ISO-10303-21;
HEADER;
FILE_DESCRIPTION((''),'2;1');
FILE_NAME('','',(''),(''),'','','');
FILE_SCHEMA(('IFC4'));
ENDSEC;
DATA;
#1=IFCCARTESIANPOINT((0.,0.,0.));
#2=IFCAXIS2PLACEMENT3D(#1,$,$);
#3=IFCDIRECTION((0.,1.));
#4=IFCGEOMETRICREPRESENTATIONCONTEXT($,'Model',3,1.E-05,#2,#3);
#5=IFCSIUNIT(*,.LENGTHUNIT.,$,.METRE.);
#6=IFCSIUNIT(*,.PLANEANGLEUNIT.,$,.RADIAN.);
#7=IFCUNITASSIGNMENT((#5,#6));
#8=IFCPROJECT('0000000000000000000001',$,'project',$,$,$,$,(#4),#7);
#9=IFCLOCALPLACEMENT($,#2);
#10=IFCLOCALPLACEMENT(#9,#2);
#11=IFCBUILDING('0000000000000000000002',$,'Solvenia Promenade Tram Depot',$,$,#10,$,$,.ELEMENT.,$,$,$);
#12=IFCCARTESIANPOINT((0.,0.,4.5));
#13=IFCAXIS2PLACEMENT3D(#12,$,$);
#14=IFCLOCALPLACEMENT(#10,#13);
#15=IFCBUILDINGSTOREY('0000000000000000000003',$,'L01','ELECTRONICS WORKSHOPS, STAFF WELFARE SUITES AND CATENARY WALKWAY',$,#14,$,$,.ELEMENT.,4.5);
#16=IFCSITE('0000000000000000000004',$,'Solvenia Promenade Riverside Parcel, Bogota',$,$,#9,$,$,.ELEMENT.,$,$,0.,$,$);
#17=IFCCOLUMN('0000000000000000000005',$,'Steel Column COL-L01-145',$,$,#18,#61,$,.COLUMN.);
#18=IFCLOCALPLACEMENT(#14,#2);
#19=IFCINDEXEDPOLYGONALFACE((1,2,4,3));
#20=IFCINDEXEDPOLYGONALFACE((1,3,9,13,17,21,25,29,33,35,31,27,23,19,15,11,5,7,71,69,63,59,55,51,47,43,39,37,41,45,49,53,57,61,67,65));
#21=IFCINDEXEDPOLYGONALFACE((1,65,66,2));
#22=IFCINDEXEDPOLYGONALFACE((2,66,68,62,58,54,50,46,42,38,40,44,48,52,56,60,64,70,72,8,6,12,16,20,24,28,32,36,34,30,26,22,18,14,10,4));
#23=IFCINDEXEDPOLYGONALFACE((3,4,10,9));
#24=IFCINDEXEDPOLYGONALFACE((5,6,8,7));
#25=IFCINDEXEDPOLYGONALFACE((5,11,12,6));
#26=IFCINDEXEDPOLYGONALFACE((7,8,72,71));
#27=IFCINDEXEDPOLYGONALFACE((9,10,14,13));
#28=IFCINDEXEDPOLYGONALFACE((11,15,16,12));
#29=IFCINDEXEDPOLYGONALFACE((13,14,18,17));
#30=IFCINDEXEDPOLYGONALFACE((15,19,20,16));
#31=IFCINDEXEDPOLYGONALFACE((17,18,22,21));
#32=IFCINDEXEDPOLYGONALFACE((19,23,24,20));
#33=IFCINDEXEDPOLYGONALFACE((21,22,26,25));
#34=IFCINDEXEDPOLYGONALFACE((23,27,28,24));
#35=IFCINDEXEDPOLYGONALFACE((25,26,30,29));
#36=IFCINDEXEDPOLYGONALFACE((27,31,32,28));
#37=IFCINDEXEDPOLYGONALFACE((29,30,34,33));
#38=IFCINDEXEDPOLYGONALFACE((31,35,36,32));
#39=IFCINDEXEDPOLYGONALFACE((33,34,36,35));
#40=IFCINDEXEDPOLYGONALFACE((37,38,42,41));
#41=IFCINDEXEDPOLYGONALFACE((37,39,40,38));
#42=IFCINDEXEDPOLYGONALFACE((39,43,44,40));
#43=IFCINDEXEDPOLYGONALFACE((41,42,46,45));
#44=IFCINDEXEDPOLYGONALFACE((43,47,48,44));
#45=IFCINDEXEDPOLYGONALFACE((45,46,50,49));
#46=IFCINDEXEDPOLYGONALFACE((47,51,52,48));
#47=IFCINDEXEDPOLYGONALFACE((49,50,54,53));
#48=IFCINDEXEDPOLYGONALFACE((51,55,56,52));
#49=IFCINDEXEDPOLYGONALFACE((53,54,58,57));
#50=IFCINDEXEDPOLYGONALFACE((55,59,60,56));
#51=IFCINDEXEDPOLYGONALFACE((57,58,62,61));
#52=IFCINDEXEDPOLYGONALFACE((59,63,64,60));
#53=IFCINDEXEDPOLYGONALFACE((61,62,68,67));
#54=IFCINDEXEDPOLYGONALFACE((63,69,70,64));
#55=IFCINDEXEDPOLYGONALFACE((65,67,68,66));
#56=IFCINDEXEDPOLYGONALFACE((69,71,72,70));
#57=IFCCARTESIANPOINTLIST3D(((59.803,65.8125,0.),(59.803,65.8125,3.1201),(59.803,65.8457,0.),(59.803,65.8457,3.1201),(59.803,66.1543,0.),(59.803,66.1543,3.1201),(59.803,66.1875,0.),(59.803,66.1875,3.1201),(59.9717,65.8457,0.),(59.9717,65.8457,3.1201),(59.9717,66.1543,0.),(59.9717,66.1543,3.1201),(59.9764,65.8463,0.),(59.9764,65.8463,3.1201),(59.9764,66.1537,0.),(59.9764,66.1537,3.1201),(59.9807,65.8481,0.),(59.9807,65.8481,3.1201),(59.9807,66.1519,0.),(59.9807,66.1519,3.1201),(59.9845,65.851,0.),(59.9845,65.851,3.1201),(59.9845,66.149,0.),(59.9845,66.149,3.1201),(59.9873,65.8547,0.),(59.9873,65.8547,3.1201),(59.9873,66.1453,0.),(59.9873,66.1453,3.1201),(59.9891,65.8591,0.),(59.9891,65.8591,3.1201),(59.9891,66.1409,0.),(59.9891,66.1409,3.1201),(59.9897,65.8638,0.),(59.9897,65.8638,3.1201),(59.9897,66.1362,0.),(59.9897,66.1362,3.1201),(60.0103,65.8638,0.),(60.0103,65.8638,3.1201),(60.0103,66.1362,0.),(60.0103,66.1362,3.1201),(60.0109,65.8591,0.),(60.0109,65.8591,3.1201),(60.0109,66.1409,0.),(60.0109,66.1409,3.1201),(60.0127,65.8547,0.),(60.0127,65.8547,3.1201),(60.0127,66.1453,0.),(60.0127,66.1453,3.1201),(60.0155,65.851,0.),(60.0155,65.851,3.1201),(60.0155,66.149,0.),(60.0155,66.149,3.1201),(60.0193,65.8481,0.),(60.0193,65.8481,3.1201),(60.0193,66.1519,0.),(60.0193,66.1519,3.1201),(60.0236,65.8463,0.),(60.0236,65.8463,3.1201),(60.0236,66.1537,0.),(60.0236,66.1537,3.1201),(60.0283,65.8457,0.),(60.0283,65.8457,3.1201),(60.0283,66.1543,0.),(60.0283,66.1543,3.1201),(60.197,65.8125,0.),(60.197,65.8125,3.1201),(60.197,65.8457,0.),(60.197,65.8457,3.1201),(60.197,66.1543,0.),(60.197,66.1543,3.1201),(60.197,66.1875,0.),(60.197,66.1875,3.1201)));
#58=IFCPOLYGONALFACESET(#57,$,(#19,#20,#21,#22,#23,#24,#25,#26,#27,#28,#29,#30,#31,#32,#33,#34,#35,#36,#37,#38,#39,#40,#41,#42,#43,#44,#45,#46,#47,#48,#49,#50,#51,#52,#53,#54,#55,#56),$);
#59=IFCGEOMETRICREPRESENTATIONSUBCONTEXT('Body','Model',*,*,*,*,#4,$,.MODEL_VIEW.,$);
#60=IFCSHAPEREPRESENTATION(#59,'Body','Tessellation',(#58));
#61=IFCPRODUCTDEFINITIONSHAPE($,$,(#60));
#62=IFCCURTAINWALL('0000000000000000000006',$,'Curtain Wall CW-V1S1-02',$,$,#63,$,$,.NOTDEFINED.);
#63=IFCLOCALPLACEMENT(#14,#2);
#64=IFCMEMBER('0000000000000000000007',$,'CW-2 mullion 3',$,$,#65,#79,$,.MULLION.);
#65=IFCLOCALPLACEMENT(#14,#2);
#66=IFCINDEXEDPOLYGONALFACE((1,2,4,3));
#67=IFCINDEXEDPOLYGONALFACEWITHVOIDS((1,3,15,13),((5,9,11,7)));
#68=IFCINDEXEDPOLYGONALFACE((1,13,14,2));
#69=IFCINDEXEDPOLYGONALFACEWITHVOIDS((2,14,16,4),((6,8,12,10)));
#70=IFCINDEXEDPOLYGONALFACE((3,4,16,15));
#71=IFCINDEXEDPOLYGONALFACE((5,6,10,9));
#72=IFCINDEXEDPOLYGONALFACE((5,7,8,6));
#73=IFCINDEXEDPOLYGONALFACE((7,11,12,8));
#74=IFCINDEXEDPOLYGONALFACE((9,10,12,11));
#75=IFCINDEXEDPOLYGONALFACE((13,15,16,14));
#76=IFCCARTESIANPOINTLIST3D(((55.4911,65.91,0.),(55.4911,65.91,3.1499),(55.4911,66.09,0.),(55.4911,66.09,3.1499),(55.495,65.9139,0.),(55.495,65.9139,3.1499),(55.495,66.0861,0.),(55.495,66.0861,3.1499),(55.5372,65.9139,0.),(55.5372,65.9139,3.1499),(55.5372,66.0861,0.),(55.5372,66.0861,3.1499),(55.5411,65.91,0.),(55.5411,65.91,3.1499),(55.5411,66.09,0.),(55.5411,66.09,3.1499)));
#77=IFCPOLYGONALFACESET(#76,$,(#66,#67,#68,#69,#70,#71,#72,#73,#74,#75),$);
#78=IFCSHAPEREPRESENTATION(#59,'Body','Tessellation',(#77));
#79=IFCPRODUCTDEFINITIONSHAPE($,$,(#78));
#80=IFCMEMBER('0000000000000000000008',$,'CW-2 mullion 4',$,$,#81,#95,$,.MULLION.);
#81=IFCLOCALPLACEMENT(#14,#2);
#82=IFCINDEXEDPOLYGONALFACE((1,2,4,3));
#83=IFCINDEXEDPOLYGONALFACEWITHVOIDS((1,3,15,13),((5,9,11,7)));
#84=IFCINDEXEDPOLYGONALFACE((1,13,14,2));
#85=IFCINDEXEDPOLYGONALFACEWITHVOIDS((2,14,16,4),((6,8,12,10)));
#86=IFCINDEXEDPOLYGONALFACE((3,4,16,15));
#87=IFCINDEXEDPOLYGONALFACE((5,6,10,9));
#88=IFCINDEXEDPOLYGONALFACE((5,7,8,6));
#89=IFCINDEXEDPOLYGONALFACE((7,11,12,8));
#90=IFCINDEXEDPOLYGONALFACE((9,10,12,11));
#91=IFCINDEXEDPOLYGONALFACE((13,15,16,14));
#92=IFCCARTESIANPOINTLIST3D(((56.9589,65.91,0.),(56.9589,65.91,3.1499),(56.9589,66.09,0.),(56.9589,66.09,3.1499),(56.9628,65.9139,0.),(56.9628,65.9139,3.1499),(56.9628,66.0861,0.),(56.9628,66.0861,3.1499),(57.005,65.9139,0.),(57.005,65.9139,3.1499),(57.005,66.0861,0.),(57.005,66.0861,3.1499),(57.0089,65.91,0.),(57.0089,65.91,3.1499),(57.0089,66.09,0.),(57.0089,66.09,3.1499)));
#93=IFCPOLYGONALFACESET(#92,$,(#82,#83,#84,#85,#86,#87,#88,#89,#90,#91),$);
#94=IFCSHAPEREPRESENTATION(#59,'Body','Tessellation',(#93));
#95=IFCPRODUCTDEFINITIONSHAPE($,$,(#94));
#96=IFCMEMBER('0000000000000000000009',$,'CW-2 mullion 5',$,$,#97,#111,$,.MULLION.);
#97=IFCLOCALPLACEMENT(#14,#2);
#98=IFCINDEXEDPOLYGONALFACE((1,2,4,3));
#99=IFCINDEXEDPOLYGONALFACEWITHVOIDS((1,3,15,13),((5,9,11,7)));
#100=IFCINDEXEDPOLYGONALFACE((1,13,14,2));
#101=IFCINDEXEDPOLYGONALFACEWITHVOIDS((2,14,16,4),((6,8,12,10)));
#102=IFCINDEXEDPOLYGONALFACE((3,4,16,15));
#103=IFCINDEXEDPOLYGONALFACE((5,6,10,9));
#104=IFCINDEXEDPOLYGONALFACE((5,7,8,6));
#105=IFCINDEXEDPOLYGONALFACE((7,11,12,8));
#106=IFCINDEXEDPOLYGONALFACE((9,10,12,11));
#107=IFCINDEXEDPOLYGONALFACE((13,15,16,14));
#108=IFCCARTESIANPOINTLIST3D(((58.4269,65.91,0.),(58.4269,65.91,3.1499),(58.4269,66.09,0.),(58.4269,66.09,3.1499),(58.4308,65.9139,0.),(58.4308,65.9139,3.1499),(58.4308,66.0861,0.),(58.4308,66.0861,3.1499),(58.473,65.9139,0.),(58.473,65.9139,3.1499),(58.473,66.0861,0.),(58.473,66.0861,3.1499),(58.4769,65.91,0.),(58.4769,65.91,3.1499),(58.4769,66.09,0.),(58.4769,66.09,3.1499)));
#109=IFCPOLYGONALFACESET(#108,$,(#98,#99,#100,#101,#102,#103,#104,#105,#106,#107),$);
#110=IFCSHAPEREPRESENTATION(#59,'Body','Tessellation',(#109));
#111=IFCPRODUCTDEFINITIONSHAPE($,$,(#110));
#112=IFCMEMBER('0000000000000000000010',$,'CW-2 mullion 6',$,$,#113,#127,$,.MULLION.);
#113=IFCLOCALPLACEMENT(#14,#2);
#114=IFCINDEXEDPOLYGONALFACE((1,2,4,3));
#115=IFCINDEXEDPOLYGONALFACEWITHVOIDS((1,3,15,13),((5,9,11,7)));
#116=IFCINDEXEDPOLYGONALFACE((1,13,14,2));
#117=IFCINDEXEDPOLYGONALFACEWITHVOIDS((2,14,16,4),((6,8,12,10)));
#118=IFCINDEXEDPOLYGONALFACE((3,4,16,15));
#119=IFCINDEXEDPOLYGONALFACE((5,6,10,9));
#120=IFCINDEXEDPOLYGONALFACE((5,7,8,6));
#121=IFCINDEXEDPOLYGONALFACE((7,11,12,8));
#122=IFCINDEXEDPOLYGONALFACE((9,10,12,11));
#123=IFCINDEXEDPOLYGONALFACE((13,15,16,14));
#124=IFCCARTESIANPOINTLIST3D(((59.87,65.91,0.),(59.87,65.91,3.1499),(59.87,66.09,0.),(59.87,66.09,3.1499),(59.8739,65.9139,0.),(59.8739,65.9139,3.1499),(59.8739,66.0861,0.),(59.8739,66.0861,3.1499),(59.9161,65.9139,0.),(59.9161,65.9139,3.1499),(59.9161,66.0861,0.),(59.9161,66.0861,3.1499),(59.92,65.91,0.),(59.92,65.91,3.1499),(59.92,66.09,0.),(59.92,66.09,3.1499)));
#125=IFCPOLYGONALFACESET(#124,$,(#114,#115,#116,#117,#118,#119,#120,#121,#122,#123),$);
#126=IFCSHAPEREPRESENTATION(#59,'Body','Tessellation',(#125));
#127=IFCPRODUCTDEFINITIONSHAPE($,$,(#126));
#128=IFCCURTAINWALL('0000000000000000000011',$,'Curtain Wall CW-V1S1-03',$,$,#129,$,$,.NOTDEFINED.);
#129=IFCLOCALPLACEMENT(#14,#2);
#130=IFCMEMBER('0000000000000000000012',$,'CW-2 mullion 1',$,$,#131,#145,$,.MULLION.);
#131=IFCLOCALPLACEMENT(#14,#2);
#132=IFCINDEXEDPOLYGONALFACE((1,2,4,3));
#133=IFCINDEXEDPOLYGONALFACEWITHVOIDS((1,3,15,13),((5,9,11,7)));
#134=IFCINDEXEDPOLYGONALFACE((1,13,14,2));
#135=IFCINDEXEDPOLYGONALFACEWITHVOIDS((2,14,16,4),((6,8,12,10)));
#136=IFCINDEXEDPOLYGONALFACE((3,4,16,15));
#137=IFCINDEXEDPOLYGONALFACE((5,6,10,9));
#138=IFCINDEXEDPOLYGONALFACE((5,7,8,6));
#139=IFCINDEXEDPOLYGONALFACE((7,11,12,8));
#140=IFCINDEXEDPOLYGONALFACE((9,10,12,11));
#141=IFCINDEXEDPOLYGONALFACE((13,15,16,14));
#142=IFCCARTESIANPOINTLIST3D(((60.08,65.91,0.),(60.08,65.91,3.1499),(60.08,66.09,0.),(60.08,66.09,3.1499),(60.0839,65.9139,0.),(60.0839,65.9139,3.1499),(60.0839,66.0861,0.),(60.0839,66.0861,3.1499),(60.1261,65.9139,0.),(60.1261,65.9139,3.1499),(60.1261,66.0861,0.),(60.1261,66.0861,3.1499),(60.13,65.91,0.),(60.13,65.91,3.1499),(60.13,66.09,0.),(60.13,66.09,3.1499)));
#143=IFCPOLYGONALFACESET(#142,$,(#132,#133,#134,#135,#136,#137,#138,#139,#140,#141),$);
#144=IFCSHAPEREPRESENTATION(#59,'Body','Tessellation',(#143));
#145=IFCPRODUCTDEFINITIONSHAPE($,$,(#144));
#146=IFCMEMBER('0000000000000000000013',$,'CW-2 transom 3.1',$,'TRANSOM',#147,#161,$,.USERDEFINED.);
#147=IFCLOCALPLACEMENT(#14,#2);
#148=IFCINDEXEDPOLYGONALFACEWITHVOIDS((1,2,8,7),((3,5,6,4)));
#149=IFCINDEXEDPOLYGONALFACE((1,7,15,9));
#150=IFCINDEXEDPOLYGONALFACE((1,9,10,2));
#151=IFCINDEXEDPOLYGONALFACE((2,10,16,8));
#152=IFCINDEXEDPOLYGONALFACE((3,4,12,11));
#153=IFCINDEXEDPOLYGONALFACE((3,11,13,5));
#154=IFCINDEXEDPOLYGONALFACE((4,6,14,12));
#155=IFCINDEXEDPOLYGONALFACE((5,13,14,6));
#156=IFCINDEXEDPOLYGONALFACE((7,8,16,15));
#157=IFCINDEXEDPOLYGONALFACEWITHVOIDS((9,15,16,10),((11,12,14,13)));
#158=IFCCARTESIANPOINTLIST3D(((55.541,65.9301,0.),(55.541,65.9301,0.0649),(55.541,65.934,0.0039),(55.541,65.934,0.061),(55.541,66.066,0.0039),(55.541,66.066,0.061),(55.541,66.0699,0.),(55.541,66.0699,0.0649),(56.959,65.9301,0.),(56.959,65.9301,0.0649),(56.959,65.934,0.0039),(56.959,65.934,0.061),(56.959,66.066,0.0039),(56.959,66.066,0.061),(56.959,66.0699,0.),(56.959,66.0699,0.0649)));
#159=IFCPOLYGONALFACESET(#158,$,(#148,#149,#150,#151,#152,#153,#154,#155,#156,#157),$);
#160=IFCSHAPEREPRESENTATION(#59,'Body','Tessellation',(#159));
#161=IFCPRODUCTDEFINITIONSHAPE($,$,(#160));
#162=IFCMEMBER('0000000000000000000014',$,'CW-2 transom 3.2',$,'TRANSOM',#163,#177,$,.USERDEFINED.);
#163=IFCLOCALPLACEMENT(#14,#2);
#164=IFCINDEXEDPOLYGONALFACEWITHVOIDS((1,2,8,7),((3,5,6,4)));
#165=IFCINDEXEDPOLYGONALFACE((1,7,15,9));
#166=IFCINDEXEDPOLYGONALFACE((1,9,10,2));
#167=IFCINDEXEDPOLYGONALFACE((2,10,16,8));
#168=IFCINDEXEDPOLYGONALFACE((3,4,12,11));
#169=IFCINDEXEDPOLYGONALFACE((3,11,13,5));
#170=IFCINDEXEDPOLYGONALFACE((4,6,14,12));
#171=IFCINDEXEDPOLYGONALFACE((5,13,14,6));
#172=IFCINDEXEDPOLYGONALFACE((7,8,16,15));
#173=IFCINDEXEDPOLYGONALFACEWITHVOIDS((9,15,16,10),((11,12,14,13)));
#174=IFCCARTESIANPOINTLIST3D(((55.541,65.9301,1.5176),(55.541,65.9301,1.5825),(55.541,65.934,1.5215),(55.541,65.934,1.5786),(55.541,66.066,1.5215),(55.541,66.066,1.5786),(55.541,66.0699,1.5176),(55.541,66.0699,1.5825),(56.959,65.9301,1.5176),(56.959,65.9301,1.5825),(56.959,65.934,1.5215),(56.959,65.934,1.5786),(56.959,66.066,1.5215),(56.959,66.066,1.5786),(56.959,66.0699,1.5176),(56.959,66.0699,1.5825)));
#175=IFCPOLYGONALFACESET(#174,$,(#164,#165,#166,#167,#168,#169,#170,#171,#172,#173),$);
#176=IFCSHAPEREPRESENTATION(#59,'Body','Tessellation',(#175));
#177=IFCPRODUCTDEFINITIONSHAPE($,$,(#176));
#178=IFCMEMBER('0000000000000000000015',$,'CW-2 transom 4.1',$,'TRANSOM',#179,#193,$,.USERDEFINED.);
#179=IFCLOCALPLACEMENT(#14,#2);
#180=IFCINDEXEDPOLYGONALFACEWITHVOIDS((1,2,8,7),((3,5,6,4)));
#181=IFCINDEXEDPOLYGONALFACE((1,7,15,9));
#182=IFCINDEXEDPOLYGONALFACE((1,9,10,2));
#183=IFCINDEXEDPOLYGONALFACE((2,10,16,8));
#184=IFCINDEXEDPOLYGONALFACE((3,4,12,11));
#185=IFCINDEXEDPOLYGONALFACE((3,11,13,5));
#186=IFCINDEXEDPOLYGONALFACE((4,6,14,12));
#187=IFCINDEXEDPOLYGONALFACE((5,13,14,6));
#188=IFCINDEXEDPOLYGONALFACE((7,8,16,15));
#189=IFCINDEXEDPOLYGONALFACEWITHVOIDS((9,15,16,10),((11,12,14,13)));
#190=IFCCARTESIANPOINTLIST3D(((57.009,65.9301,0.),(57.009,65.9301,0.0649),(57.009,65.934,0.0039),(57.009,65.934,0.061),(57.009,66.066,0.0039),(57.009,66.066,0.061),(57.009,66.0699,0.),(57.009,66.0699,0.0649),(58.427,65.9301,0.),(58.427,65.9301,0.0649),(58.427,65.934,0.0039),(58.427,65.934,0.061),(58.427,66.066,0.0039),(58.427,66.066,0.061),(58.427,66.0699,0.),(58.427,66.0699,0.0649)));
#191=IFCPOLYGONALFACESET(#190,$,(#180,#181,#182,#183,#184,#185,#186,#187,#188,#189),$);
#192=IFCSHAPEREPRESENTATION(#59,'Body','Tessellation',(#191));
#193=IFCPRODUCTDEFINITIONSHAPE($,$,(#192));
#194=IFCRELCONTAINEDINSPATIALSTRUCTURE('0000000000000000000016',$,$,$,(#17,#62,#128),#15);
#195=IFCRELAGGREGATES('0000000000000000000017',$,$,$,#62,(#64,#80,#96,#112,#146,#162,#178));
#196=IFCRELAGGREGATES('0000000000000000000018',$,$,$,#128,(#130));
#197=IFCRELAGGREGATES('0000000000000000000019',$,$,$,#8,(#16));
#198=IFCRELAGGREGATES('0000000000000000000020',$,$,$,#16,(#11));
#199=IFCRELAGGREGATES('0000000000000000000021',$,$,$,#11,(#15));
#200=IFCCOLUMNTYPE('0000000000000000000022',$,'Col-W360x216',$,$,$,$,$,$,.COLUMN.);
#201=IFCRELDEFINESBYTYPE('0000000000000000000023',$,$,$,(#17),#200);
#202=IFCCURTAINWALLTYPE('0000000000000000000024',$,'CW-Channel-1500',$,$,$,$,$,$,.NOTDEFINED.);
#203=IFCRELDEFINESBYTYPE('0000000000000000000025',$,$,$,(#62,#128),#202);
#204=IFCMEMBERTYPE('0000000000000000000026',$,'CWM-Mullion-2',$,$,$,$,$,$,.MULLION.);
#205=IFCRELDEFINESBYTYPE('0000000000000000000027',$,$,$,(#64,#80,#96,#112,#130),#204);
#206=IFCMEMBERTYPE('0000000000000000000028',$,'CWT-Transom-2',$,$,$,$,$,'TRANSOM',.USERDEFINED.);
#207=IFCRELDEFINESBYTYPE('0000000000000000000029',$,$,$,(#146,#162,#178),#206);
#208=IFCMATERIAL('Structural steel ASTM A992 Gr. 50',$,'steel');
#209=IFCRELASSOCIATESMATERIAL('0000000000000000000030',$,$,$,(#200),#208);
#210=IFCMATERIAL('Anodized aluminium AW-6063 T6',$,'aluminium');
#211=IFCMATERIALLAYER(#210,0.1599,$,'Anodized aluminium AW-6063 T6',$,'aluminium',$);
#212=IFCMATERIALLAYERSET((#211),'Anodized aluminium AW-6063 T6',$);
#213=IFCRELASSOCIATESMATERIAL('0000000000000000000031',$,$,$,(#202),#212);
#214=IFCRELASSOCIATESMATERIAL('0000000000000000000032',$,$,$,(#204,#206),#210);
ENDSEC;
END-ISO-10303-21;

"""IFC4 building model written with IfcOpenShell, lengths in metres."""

from ifc_helpers import new_model, si_unit, direction, frame, origin, origin_2d, place, context, subcontext, project, spatial, hollow_rectangle, i_section, extrude, material, layer, layer_set, material_profile, profile_set, type_object, element, aggregate, save


model = new_model("IFC4")

# Units and contexts
model_context = context("Model", 3, precision=1e-05, world=origin(), true_north=direction((0.0, 1.0)))
body_context = subcontext(model_context, "Body", "Model", "MODEL_VIEW")
ifc_project = project(units=[si_unit("LENGTHUNIT", "METRE"), si_unit("PLANEANGLEUNIT", "RADIAN")], contexts=[model_context])

# Site, building, storey
site_placement = place(None, origin())
site = spatial("IfcSite", under=ifc_project, at=site_placement, Name="Solvenia Promenade Riverside Parcel, Bogota", CompositionType="ELEMENT", RefElevation=0.0)
building_placement = place(site_placement, origin())
building = spatial("IfcBuilding", under=site, at=building_placement, Name="Solvenia Promenade Tram Depot", CompositionType="ELEMENT")
storey_placement = place(building_placement, frame((0.0, 0.0, 4.5)))
storey = spatial("IfcBuildingStorey", under=building, at=storey_placement, Name="L01", Description="ELECTRONICS WORKSHOPS, STAFF WELFARE SUITES AND CATENARY WALKWAY", CompositionType="ELEMENT", Elevation=4.5)

# Column
ifc_material_1 = material(Name="Structural steel ASTM A992 Gr. 50", Category="steel")
ifc_material_profile_1 = material_profile(ifc_material_1, i_section(OverallWidth=0.394, OverallDepth=0.375, WebThickness=0.0205, FlangeThickness=0.0332, FilletRadius=0.0181, at=origin_2d()), Name="W360x216", Category="steel")
ifc_profile_set_1 = profile_set([ifc_material_profile_1], Name="Structural steel ASTM A992 Gr. 50")
column_type = type_object("IfcColumnType", Name="Col-W360x216", PredefinedType="COLUMN", material=ifc_profile_set_1)
column_placement = place(storey_placement, frame((60.0, 66.0, 0.0), z_axis=(0.0, 0.0, 1.0), x_axis=(1.0, 0.0, 0.0)))
element("IfcColumn", 1, at=column_placement, inside=storey, type_object=column_type, Name="Steel Column COL-L01-145", PredefinedType="COLUMN", context=body_context, shape_type="SweptSolid", body=[
    extrude(i_section(OverallWidth=0.394, OverallDepth=0.375, WebThickness=0.0205, FlangeThickness=0.0332, FilletRadius=0.0181, at=origin_2d()), origin(), (0.0, 0.0, 1.0), 3.1201),
])

# Curtain wall, members
ifc_material_2 = material(Name="Anodized aluminium AW-6063 T6", Category="aluminium")
ifc_layer_1 = layer(ifc_material_2, 0.1599, Name="Anodized aluminium AW-6063 T6", Category="aluminium")
ifc_layer_set_1 = layer_set([ifc_layer_1], Name="Anodized aluminium AW-6063 T6")
curtain_wall_type = type_object("IfcCurtainWallType", Name="CW-Channel-1500", PredefinedType="NOTDEFINED", material=ifc_layer_set_1)
curtain_wall_1_placement = place(storey_placement, origin())
curtain_wall_1 = element("IfcCurtainWall", 2, at=curtain_wall_1_placement, inside=storey, type_object=curtain_wall_type, Name="Curtain Wall CW-V1S1-02", PredefinedType="NOTDEFINED")
ifc_material_profile_2 = material_profile(ifc_material_2, hollow_rectangle(XDim=0.1799, YDim=0.05, WallThickness=0.0039, at=origin_2d()), Name="ALU-M2", Category="aluminium")
ifc_profile_set_2 = profile_set([ifc_material_profile_2], Name="Anodized aluminium AW-6063 T6")
member_type_1 = type_object("IfcMemberType", Name="CWM-Mullion-2", PredefinedType="MULLION", material=ifc_profile_set_2)
member_1_placement = place(storey_placement, frame((55.5161, 66.0, 0.0), z_axis=(0.0, 0.0, 1.0), x_axis=(0.0, 1.0, 0.0)))
member_1 = element("IfcMember", 3, at=member_1_placement, type_object=member_type_1, Name="CW-2 mullion 3", PredefinedType="MULLION", context=body_context, shape_type="SweptSolid", body=[
    extrude(hollow_rectangle(XDim=0.1799, YDim=0.05, WallThickness=0.0039, at=origin_2d()), origin(), (0.0, 0.0, 1.0), 3.1499),
])
member_2_placement = place(storey_placement, frame((56.9839, 66.0, 0.0), z_axis=(0.0, 0.0, 1.0), x_axis=(0.0, 1.0, 0.0)))
member_2 = element("IfcMember", 4, at=member_2_placement, type_object=member_type_1, Name="CW-2 mullion 4", PredefinedType="MULLION", context=body_context, shape_type="SweptSolid", body=[
    extrude(hollow_rectangle(XDim=0.1799, YDim=0.05, WallThickness=0.0039, at=origin_2d()), origin(), (0.0, 0.0, 1.0), 3.1499),
])
member_3_placement = place(storey_placement, frame((58.4519, 66.0, 0.0), z_axis=(0.0, 0.0, 1.0), x_axis=(0.0, 1.0, 0.0)))
member_3 = element("IfcMember", 5, at=member_3_placement, type_object=member_type_1, Name="CW-2 mullion 5", PredefinedType="MULLION", context=body_context, shape_type="SweptSolid", body=[
    extrude(hollow_rectangle(XDim=0.1799, YDim=0.05, WallThickness=0.0039, at=origin_2d()), origin(), (0.0, 0.0, 1.0), 3.1499),
])
member_4_placement = place(storey_placement, frame((59.895, 66.0, 0.0), z_axis=(0.0, 0.0, 1.0), x_axis=(0.0, 1.0, 0.0)))
member_4 = element("IfcMember", 6, at=member_4_placement, type_object=member_type_1, Name="CW-2 mullion 6", PredefinedType="MULLION", context=body_context, shape_type="SweptSolid", body=[
    extrude(hollow_rectangle(XDim=0.1799, YDim=0.05, WallThickness=0.0039, at=origin_2d()), origin(), (0.0, 0.0, 1.0), 3.1499),
])

# Curtain wall, member
curtain_wall_2_placement = place(storey_placement, origin())
curtain_wall_2 = element("IfcCurtainWall", 7, at=curtain_wall_2_placement, inside=storey, type_object=curtain_wall_type, Name="Curtain Wall CW-V1S1-03", PredefinedType="NOTDEFINED")
member_5_placement = place(storey_placement, frame((60.105, 66.0, 0.0), z_axis=(0.0, 0.0, 1.0), x_axis=(0.0, 1.0, 0.0)))
member_5 = element("IfcMember", 8, at=member_5_placement, type_object=member_type_1, Name="CW-2 mullion 1", PredefinedType="MULLION", context=body_context, shape_type="SweptSolid", body=[
    extrude(hollow_rectangle(XDim=0.1799, YDim=0.05, WallThickness=0.0039, at=origin_2d()), origin(), (0.0, 0.0, 1.0), 3.1499),
])

# Members
ifc_material_profile_3 = material_profile(ifc_material_2, hollow_rectangle(XDim=0.1399, YDim=0.0649, WallThickness=0.0039, at=origin_2d()), Name="ALU-T2", Category="aluminium")
ifc_profile_set_3 = profile_set([ifc_material_profile_3], Name="Anodized aluminium AW-6063 T6")
member_type_2 = type_object("IfcMemberType", Name="CWT-Transom-2", ElementType="TRANSOM", PredefinedType="USERDEFINED", material=ifc_profile_set_3)
member_6_placement = place(storey_placement, frame((55.541, 66.0, 0.0325), z_axis=(1.0, 0.0, 0.0), x_axis=(0.0, 1.0, 0.0)))
member_6 = element("IfcMember", 9, at=member_6_placement, type_object=member_type_2, Name="CW-2 transom 3.1", ObjectType="TRANSOM", PredefinedType="USERDEFINED", context=body_context, shape_type="SweptSolid", body=[
    extrude(hollow_rectangle(XDim=0.1399, YDim=0.0649, WallThickness=0.0039, at=origin_2d()), origin(), (0.0, 0.0, 1.0), 1.418),
])
member_7_placement = place(storey_placement, frame((55.541, 66.0, 1.55), z_axis=(1.0, 0.0, 0.0), x_axis=(0.0, 1.0, 0.0)))
member_7 = element("IfcMember", 10, at=member_7_placement, type_object=member_type_2, Name="CW-2 transom 3.2", ObjectType="TRANSOM", PredefinedType="USERDEFINED", context=body_context, shape_type="SweptSolid", body=[
    extrude(hollow_rectangle(XDim=0.1399, YDim=0.0649, WallThickness=0.0039, at=origin_2d()), origin(), (0.0, 0.0, 1.0), 1.418),
])
member_8_placement = place(storey_placement, frame((57.009, 66.0, 0.0325), z_axis=(1.0, 0.0, 0.0), x_axis=(0.0, 1.0, 0.0)))
member_8 = element("IfcMember", 11, at=member_8_placement, type_object=member_type_2, Name="CW-2 transom 4.1", ObjectType="TRANSOM", PredefinedType="USERDEFINED", context=body_context, shape_type="SweptSolid", body=[
    extrude(hollow_rectangle(XDim=0.1399, YDim=0.0649, WallThickness=0.0039, at=origin_2d()), origin(), (0.0, 0.0, 1.0), 1.418),
])

aggregate(curtain_wall_1, [member_1, member_2, member_3, member_4, member_6, member_7, member_8])
aggregate(curtain_wall_2, [member_5])

save(model, "model.ifc")
